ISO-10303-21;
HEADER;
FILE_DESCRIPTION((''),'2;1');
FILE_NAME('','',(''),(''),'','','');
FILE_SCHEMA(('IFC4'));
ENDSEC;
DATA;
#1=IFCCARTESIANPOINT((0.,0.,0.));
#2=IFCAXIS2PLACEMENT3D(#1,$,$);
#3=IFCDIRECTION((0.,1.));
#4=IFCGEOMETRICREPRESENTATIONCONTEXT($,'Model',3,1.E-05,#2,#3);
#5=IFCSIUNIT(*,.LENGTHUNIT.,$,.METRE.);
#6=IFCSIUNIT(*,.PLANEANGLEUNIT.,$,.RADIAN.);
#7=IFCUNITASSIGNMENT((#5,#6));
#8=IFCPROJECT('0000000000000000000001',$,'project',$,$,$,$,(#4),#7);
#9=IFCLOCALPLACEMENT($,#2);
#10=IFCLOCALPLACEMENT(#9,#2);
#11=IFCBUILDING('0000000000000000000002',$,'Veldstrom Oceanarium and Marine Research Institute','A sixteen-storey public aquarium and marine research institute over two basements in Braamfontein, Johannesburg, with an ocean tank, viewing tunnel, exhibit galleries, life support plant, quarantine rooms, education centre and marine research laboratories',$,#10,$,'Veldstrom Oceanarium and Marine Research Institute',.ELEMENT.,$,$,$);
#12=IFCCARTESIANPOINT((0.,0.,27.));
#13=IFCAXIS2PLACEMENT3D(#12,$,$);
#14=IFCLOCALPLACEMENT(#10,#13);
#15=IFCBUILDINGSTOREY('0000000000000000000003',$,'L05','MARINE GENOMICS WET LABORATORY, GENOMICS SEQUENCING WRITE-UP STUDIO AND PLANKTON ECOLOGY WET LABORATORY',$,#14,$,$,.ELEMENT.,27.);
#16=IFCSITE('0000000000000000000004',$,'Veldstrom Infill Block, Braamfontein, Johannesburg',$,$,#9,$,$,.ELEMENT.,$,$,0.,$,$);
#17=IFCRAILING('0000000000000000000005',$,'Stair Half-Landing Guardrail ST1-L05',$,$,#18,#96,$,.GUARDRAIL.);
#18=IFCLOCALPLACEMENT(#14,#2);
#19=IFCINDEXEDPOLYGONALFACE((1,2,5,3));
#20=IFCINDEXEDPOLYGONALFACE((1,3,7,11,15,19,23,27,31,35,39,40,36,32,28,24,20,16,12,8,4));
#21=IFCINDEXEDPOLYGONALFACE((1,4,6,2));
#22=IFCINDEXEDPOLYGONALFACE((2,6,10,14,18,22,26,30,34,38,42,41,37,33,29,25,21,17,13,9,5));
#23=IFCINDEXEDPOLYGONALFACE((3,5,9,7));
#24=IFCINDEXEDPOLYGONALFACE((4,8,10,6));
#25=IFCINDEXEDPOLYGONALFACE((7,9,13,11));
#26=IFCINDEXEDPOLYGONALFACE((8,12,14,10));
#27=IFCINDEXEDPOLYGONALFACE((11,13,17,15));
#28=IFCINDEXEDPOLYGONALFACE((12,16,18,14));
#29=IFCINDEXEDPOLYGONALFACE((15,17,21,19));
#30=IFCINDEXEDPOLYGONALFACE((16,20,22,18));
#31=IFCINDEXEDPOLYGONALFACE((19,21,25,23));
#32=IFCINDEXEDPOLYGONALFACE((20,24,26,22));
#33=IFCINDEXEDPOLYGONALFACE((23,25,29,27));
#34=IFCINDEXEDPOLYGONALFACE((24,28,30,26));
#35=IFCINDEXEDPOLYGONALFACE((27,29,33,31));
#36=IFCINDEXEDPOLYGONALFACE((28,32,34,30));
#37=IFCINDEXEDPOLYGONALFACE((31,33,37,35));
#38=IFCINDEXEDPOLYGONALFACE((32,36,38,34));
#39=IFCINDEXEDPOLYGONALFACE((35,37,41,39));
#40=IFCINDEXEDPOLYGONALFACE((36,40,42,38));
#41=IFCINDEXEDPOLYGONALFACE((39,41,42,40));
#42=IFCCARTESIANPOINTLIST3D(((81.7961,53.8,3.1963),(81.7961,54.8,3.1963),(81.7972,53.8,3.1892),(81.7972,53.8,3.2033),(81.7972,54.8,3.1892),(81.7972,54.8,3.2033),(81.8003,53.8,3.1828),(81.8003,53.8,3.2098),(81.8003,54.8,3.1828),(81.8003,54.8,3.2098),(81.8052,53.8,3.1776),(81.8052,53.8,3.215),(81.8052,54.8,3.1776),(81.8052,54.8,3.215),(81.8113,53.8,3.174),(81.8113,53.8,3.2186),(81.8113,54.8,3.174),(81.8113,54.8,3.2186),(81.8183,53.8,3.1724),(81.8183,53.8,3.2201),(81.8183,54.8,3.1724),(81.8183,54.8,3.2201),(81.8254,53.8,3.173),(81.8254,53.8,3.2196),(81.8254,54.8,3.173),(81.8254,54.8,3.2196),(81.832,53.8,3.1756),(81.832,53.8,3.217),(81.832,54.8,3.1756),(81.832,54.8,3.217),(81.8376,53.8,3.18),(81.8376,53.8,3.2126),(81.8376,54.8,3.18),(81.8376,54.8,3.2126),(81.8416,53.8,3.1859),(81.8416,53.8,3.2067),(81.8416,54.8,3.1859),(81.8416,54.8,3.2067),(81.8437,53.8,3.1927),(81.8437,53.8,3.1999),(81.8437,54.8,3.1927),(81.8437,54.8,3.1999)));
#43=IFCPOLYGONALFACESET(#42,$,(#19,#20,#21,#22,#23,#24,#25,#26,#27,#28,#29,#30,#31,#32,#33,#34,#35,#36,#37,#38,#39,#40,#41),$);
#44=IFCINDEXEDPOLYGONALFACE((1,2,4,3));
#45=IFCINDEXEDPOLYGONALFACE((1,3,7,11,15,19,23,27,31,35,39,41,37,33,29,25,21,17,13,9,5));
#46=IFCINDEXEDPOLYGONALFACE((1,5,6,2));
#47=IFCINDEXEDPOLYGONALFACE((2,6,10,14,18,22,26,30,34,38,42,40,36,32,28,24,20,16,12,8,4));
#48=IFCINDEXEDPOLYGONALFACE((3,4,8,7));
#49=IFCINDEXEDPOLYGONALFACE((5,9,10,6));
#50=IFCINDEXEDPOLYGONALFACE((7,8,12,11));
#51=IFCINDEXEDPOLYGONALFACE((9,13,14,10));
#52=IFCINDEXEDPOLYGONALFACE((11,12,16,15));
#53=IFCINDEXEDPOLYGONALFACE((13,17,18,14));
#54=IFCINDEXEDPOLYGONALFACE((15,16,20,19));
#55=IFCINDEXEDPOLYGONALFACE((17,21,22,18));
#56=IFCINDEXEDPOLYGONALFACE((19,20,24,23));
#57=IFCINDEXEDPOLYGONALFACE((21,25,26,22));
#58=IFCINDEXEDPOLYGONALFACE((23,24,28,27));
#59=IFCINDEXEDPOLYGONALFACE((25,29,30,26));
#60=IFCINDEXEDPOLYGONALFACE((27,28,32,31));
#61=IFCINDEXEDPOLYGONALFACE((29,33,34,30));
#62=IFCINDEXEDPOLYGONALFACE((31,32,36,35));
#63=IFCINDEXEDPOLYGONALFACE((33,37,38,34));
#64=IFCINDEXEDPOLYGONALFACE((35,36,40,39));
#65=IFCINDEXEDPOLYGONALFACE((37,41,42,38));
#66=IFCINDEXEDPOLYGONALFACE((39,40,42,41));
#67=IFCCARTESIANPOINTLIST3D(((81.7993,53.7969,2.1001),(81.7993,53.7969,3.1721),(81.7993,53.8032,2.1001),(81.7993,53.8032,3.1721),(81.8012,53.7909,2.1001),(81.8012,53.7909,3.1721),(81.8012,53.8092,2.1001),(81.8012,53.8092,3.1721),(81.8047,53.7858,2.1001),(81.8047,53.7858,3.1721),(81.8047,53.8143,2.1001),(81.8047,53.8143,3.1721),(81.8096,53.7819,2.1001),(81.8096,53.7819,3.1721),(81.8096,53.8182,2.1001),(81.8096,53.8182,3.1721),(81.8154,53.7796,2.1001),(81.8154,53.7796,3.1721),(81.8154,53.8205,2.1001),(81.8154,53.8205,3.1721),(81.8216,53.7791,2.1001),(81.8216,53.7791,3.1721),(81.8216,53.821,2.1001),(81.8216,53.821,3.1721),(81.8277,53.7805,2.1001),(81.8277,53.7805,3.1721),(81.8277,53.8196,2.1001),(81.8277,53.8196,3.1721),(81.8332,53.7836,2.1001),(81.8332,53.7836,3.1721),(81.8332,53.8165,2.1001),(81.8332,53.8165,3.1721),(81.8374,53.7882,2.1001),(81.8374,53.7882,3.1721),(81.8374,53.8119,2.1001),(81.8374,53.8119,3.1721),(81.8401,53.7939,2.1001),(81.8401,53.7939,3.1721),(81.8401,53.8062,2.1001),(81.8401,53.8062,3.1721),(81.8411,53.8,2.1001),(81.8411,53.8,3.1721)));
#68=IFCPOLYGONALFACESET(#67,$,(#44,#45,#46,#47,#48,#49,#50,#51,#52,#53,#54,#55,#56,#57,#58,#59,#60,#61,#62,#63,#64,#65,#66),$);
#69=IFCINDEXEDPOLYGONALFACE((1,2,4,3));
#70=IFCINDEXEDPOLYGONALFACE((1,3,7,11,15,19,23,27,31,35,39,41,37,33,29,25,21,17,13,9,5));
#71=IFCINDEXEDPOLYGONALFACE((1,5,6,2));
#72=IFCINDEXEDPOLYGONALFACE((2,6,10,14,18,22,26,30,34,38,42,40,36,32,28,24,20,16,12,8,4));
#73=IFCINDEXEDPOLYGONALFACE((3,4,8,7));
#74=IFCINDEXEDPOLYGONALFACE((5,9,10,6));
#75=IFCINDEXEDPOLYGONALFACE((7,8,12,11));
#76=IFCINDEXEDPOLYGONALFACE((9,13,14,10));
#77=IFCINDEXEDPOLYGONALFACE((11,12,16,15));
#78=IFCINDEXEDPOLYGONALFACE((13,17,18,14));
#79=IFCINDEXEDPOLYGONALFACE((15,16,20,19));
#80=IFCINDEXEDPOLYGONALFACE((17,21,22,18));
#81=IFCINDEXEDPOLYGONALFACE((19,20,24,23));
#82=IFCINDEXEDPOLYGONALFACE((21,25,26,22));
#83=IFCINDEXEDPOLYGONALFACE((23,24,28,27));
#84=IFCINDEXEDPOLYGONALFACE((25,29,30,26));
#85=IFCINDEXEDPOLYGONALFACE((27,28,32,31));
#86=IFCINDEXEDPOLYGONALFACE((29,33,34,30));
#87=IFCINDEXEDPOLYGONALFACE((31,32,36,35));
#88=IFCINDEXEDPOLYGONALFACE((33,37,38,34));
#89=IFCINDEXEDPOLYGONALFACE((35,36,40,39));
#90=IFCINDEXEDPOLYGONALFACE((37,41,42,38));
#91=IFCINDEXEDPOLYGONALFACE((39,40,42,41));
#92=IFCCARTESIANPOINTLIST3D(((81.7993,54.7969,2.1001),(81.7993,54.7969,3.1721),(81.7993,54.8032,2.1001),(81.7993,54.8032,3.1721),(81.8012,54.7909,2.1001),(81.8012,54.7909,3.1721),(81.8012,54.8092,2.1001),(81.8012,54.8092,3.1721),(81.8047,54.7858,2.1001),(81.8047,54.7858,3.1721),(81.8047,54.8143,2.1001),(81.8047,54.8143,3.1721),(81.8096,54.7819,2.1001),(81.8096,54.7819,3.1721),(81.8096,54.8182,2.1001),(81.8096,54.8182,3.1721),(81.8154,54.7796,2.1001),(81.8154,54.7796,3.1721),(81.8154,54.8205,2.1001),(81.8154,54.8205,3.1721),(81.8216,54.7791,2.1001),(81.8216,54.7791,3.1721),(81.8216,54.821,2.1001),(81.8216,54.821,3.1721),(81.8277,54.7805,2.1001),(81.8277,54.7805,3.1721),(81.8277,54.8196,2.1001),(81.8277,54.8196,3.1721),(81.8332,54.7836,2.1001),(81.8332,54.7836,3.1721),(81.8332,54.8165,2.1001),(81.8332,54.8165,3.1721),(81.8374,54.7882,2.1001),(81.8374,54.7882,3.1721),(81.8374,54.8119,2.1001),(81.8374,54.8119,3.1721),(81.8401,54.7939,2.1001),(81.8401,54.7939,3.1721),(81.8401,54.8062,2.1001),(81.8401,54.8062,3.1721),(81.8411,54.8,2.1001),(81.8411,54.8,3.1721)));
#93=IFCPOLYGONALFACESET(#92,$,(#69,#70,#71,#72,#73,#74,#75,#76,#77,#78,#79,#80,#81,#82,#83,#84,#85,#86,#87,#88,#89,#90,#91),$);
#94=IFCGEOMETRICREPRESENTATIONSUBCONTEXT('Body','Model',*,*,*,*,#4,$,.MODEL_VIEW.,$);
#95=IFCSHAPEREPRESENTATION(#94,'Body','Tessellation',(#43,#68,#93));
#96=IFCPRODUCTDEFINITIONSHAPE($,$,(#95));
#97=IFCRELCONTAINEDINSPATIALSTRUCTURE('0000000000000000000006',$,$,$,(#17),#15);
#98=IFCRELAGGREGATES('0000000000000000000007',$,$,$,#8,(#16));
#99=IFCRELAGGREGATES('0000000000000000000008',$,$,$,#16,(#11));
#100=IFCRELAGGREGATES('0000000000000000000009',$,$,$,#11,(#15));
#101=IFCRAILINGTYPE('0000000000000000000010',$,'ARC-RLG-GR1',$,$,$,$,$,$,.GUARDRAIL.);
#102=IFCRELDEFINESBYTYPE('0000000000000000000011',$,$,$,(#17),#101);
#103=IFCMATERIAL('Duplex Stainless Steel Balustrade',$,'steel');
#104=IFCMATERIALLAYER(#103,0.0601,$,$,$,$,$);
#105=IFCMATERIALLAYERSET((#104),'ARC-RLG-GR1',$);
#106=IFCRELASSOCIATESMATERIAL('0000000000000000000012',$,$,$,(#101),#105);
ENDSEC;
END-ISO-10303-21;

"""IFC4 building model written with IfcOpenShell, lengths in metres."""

from ifc_helpers import new_model, si_unit, direction, frame, origin, origin_2d, place, context, subcontext, project, spatial, circle, extrude, material, layer, layer_set, type_object, element, save


model = new_model("IFC4")

# Units and contexts
model_context = context("Model", 3, precision=1e-05, world=origin(), true_north=direction((0.0, 1.0)))
body_context = subcontext(model_context, "Body", "Model", "MODEL_VIEW")
ifc_project = project(units=[si_unit("LENGTHUNIT", "METRE"), si_unit("PLANEANGLEUNIT", "RADIAN")], contexts=[model_context])

# Site, building, storey
site_placement = place(None, origin())
site = spatial("IfcSite", under=ifc_project, at=site_placement, Name="Veldstrom Infill Block, Braamfontein, Johannesburg", CompositionType="ELEMENT", RefElevation=0.0)
building_placement = place(site_placement, origin())
building = spatial("IfcBuilding", under=site, at=building_placement, Name="Veldstrom Oceanarium and Marine Research Institute", Description="A sixteen-storey public aquarium and marine research institute over two basements in Braamfontein, Johannesburg, with an ocean tank, viewing tunnel, exhibit galleries, life support plant, quarantine rooms, education centre and marine research laboratories", LongName="Veldstrom Oceanarium and Marine Research Institute", CompositionType="ELEMENT")
storey_placement = place(building_placement, frame((0.0, 0.0, 27.0)))
storey = spatial("IfcBuildingStorey", under=building, at=storey_placement, Name="L05", Description="MARINE GENOMICS WET LABORATORY, GENOMICS SEQUENCING WRITE-UP STUDIO AND PLANKTON ECOLOGY WET LABORATORY", CompositionType="ELEMENT", Elevation=27.0)

# Railing
ifc_material_1 = material(Name="Duplex Stainless Steel Balustrade", Category="steel")
ifc_layer_1 = layer(ifc_material_1, 0.0601)
ifc_layer_set_1 = layer_set([ifc_layer_1], Name="ARC-RLG-GR1")
railing_type_1 = type_object("IfcRailingType", Name="ARC-RLG-GR1", PredefinedType="GUARDRAIL", material=ifc_layer_set_1)
railing_1_placement = place(storey_placement, frame((81.8201, 53.8, 2.1001)))
element("IfcRailing", 1, at=railing_1_placement, inside=storey, type_object=railing_type_1, Name="Stair Half-Landing Guardrail ST1-L05", PredefinedType="GUARDRAIL", context=body_context, shape_type="SweptSolid", body=[
    extrude(circle(Radius=0.0239, at=origin_2d()), frame((0.0, 0.0, 1.0962), z_axis=(0.0, 1.0, 0.0), x_axis=(-1.0, 0.0, 0.0)), (0.0, 0.0, 1.0), 1.0),
    extrude(circle(Radius=0.021, at=origin_2d()), origin(), (0.0, 0.0, 1.0), 1.072),
    extrude(circle(Radius=0.021, at=origin_2d()), frame((0.0, 1.0, 0.0)), (0.0, 0.0, 1.0), 1.072),
])

save(model, "model.ifc")
